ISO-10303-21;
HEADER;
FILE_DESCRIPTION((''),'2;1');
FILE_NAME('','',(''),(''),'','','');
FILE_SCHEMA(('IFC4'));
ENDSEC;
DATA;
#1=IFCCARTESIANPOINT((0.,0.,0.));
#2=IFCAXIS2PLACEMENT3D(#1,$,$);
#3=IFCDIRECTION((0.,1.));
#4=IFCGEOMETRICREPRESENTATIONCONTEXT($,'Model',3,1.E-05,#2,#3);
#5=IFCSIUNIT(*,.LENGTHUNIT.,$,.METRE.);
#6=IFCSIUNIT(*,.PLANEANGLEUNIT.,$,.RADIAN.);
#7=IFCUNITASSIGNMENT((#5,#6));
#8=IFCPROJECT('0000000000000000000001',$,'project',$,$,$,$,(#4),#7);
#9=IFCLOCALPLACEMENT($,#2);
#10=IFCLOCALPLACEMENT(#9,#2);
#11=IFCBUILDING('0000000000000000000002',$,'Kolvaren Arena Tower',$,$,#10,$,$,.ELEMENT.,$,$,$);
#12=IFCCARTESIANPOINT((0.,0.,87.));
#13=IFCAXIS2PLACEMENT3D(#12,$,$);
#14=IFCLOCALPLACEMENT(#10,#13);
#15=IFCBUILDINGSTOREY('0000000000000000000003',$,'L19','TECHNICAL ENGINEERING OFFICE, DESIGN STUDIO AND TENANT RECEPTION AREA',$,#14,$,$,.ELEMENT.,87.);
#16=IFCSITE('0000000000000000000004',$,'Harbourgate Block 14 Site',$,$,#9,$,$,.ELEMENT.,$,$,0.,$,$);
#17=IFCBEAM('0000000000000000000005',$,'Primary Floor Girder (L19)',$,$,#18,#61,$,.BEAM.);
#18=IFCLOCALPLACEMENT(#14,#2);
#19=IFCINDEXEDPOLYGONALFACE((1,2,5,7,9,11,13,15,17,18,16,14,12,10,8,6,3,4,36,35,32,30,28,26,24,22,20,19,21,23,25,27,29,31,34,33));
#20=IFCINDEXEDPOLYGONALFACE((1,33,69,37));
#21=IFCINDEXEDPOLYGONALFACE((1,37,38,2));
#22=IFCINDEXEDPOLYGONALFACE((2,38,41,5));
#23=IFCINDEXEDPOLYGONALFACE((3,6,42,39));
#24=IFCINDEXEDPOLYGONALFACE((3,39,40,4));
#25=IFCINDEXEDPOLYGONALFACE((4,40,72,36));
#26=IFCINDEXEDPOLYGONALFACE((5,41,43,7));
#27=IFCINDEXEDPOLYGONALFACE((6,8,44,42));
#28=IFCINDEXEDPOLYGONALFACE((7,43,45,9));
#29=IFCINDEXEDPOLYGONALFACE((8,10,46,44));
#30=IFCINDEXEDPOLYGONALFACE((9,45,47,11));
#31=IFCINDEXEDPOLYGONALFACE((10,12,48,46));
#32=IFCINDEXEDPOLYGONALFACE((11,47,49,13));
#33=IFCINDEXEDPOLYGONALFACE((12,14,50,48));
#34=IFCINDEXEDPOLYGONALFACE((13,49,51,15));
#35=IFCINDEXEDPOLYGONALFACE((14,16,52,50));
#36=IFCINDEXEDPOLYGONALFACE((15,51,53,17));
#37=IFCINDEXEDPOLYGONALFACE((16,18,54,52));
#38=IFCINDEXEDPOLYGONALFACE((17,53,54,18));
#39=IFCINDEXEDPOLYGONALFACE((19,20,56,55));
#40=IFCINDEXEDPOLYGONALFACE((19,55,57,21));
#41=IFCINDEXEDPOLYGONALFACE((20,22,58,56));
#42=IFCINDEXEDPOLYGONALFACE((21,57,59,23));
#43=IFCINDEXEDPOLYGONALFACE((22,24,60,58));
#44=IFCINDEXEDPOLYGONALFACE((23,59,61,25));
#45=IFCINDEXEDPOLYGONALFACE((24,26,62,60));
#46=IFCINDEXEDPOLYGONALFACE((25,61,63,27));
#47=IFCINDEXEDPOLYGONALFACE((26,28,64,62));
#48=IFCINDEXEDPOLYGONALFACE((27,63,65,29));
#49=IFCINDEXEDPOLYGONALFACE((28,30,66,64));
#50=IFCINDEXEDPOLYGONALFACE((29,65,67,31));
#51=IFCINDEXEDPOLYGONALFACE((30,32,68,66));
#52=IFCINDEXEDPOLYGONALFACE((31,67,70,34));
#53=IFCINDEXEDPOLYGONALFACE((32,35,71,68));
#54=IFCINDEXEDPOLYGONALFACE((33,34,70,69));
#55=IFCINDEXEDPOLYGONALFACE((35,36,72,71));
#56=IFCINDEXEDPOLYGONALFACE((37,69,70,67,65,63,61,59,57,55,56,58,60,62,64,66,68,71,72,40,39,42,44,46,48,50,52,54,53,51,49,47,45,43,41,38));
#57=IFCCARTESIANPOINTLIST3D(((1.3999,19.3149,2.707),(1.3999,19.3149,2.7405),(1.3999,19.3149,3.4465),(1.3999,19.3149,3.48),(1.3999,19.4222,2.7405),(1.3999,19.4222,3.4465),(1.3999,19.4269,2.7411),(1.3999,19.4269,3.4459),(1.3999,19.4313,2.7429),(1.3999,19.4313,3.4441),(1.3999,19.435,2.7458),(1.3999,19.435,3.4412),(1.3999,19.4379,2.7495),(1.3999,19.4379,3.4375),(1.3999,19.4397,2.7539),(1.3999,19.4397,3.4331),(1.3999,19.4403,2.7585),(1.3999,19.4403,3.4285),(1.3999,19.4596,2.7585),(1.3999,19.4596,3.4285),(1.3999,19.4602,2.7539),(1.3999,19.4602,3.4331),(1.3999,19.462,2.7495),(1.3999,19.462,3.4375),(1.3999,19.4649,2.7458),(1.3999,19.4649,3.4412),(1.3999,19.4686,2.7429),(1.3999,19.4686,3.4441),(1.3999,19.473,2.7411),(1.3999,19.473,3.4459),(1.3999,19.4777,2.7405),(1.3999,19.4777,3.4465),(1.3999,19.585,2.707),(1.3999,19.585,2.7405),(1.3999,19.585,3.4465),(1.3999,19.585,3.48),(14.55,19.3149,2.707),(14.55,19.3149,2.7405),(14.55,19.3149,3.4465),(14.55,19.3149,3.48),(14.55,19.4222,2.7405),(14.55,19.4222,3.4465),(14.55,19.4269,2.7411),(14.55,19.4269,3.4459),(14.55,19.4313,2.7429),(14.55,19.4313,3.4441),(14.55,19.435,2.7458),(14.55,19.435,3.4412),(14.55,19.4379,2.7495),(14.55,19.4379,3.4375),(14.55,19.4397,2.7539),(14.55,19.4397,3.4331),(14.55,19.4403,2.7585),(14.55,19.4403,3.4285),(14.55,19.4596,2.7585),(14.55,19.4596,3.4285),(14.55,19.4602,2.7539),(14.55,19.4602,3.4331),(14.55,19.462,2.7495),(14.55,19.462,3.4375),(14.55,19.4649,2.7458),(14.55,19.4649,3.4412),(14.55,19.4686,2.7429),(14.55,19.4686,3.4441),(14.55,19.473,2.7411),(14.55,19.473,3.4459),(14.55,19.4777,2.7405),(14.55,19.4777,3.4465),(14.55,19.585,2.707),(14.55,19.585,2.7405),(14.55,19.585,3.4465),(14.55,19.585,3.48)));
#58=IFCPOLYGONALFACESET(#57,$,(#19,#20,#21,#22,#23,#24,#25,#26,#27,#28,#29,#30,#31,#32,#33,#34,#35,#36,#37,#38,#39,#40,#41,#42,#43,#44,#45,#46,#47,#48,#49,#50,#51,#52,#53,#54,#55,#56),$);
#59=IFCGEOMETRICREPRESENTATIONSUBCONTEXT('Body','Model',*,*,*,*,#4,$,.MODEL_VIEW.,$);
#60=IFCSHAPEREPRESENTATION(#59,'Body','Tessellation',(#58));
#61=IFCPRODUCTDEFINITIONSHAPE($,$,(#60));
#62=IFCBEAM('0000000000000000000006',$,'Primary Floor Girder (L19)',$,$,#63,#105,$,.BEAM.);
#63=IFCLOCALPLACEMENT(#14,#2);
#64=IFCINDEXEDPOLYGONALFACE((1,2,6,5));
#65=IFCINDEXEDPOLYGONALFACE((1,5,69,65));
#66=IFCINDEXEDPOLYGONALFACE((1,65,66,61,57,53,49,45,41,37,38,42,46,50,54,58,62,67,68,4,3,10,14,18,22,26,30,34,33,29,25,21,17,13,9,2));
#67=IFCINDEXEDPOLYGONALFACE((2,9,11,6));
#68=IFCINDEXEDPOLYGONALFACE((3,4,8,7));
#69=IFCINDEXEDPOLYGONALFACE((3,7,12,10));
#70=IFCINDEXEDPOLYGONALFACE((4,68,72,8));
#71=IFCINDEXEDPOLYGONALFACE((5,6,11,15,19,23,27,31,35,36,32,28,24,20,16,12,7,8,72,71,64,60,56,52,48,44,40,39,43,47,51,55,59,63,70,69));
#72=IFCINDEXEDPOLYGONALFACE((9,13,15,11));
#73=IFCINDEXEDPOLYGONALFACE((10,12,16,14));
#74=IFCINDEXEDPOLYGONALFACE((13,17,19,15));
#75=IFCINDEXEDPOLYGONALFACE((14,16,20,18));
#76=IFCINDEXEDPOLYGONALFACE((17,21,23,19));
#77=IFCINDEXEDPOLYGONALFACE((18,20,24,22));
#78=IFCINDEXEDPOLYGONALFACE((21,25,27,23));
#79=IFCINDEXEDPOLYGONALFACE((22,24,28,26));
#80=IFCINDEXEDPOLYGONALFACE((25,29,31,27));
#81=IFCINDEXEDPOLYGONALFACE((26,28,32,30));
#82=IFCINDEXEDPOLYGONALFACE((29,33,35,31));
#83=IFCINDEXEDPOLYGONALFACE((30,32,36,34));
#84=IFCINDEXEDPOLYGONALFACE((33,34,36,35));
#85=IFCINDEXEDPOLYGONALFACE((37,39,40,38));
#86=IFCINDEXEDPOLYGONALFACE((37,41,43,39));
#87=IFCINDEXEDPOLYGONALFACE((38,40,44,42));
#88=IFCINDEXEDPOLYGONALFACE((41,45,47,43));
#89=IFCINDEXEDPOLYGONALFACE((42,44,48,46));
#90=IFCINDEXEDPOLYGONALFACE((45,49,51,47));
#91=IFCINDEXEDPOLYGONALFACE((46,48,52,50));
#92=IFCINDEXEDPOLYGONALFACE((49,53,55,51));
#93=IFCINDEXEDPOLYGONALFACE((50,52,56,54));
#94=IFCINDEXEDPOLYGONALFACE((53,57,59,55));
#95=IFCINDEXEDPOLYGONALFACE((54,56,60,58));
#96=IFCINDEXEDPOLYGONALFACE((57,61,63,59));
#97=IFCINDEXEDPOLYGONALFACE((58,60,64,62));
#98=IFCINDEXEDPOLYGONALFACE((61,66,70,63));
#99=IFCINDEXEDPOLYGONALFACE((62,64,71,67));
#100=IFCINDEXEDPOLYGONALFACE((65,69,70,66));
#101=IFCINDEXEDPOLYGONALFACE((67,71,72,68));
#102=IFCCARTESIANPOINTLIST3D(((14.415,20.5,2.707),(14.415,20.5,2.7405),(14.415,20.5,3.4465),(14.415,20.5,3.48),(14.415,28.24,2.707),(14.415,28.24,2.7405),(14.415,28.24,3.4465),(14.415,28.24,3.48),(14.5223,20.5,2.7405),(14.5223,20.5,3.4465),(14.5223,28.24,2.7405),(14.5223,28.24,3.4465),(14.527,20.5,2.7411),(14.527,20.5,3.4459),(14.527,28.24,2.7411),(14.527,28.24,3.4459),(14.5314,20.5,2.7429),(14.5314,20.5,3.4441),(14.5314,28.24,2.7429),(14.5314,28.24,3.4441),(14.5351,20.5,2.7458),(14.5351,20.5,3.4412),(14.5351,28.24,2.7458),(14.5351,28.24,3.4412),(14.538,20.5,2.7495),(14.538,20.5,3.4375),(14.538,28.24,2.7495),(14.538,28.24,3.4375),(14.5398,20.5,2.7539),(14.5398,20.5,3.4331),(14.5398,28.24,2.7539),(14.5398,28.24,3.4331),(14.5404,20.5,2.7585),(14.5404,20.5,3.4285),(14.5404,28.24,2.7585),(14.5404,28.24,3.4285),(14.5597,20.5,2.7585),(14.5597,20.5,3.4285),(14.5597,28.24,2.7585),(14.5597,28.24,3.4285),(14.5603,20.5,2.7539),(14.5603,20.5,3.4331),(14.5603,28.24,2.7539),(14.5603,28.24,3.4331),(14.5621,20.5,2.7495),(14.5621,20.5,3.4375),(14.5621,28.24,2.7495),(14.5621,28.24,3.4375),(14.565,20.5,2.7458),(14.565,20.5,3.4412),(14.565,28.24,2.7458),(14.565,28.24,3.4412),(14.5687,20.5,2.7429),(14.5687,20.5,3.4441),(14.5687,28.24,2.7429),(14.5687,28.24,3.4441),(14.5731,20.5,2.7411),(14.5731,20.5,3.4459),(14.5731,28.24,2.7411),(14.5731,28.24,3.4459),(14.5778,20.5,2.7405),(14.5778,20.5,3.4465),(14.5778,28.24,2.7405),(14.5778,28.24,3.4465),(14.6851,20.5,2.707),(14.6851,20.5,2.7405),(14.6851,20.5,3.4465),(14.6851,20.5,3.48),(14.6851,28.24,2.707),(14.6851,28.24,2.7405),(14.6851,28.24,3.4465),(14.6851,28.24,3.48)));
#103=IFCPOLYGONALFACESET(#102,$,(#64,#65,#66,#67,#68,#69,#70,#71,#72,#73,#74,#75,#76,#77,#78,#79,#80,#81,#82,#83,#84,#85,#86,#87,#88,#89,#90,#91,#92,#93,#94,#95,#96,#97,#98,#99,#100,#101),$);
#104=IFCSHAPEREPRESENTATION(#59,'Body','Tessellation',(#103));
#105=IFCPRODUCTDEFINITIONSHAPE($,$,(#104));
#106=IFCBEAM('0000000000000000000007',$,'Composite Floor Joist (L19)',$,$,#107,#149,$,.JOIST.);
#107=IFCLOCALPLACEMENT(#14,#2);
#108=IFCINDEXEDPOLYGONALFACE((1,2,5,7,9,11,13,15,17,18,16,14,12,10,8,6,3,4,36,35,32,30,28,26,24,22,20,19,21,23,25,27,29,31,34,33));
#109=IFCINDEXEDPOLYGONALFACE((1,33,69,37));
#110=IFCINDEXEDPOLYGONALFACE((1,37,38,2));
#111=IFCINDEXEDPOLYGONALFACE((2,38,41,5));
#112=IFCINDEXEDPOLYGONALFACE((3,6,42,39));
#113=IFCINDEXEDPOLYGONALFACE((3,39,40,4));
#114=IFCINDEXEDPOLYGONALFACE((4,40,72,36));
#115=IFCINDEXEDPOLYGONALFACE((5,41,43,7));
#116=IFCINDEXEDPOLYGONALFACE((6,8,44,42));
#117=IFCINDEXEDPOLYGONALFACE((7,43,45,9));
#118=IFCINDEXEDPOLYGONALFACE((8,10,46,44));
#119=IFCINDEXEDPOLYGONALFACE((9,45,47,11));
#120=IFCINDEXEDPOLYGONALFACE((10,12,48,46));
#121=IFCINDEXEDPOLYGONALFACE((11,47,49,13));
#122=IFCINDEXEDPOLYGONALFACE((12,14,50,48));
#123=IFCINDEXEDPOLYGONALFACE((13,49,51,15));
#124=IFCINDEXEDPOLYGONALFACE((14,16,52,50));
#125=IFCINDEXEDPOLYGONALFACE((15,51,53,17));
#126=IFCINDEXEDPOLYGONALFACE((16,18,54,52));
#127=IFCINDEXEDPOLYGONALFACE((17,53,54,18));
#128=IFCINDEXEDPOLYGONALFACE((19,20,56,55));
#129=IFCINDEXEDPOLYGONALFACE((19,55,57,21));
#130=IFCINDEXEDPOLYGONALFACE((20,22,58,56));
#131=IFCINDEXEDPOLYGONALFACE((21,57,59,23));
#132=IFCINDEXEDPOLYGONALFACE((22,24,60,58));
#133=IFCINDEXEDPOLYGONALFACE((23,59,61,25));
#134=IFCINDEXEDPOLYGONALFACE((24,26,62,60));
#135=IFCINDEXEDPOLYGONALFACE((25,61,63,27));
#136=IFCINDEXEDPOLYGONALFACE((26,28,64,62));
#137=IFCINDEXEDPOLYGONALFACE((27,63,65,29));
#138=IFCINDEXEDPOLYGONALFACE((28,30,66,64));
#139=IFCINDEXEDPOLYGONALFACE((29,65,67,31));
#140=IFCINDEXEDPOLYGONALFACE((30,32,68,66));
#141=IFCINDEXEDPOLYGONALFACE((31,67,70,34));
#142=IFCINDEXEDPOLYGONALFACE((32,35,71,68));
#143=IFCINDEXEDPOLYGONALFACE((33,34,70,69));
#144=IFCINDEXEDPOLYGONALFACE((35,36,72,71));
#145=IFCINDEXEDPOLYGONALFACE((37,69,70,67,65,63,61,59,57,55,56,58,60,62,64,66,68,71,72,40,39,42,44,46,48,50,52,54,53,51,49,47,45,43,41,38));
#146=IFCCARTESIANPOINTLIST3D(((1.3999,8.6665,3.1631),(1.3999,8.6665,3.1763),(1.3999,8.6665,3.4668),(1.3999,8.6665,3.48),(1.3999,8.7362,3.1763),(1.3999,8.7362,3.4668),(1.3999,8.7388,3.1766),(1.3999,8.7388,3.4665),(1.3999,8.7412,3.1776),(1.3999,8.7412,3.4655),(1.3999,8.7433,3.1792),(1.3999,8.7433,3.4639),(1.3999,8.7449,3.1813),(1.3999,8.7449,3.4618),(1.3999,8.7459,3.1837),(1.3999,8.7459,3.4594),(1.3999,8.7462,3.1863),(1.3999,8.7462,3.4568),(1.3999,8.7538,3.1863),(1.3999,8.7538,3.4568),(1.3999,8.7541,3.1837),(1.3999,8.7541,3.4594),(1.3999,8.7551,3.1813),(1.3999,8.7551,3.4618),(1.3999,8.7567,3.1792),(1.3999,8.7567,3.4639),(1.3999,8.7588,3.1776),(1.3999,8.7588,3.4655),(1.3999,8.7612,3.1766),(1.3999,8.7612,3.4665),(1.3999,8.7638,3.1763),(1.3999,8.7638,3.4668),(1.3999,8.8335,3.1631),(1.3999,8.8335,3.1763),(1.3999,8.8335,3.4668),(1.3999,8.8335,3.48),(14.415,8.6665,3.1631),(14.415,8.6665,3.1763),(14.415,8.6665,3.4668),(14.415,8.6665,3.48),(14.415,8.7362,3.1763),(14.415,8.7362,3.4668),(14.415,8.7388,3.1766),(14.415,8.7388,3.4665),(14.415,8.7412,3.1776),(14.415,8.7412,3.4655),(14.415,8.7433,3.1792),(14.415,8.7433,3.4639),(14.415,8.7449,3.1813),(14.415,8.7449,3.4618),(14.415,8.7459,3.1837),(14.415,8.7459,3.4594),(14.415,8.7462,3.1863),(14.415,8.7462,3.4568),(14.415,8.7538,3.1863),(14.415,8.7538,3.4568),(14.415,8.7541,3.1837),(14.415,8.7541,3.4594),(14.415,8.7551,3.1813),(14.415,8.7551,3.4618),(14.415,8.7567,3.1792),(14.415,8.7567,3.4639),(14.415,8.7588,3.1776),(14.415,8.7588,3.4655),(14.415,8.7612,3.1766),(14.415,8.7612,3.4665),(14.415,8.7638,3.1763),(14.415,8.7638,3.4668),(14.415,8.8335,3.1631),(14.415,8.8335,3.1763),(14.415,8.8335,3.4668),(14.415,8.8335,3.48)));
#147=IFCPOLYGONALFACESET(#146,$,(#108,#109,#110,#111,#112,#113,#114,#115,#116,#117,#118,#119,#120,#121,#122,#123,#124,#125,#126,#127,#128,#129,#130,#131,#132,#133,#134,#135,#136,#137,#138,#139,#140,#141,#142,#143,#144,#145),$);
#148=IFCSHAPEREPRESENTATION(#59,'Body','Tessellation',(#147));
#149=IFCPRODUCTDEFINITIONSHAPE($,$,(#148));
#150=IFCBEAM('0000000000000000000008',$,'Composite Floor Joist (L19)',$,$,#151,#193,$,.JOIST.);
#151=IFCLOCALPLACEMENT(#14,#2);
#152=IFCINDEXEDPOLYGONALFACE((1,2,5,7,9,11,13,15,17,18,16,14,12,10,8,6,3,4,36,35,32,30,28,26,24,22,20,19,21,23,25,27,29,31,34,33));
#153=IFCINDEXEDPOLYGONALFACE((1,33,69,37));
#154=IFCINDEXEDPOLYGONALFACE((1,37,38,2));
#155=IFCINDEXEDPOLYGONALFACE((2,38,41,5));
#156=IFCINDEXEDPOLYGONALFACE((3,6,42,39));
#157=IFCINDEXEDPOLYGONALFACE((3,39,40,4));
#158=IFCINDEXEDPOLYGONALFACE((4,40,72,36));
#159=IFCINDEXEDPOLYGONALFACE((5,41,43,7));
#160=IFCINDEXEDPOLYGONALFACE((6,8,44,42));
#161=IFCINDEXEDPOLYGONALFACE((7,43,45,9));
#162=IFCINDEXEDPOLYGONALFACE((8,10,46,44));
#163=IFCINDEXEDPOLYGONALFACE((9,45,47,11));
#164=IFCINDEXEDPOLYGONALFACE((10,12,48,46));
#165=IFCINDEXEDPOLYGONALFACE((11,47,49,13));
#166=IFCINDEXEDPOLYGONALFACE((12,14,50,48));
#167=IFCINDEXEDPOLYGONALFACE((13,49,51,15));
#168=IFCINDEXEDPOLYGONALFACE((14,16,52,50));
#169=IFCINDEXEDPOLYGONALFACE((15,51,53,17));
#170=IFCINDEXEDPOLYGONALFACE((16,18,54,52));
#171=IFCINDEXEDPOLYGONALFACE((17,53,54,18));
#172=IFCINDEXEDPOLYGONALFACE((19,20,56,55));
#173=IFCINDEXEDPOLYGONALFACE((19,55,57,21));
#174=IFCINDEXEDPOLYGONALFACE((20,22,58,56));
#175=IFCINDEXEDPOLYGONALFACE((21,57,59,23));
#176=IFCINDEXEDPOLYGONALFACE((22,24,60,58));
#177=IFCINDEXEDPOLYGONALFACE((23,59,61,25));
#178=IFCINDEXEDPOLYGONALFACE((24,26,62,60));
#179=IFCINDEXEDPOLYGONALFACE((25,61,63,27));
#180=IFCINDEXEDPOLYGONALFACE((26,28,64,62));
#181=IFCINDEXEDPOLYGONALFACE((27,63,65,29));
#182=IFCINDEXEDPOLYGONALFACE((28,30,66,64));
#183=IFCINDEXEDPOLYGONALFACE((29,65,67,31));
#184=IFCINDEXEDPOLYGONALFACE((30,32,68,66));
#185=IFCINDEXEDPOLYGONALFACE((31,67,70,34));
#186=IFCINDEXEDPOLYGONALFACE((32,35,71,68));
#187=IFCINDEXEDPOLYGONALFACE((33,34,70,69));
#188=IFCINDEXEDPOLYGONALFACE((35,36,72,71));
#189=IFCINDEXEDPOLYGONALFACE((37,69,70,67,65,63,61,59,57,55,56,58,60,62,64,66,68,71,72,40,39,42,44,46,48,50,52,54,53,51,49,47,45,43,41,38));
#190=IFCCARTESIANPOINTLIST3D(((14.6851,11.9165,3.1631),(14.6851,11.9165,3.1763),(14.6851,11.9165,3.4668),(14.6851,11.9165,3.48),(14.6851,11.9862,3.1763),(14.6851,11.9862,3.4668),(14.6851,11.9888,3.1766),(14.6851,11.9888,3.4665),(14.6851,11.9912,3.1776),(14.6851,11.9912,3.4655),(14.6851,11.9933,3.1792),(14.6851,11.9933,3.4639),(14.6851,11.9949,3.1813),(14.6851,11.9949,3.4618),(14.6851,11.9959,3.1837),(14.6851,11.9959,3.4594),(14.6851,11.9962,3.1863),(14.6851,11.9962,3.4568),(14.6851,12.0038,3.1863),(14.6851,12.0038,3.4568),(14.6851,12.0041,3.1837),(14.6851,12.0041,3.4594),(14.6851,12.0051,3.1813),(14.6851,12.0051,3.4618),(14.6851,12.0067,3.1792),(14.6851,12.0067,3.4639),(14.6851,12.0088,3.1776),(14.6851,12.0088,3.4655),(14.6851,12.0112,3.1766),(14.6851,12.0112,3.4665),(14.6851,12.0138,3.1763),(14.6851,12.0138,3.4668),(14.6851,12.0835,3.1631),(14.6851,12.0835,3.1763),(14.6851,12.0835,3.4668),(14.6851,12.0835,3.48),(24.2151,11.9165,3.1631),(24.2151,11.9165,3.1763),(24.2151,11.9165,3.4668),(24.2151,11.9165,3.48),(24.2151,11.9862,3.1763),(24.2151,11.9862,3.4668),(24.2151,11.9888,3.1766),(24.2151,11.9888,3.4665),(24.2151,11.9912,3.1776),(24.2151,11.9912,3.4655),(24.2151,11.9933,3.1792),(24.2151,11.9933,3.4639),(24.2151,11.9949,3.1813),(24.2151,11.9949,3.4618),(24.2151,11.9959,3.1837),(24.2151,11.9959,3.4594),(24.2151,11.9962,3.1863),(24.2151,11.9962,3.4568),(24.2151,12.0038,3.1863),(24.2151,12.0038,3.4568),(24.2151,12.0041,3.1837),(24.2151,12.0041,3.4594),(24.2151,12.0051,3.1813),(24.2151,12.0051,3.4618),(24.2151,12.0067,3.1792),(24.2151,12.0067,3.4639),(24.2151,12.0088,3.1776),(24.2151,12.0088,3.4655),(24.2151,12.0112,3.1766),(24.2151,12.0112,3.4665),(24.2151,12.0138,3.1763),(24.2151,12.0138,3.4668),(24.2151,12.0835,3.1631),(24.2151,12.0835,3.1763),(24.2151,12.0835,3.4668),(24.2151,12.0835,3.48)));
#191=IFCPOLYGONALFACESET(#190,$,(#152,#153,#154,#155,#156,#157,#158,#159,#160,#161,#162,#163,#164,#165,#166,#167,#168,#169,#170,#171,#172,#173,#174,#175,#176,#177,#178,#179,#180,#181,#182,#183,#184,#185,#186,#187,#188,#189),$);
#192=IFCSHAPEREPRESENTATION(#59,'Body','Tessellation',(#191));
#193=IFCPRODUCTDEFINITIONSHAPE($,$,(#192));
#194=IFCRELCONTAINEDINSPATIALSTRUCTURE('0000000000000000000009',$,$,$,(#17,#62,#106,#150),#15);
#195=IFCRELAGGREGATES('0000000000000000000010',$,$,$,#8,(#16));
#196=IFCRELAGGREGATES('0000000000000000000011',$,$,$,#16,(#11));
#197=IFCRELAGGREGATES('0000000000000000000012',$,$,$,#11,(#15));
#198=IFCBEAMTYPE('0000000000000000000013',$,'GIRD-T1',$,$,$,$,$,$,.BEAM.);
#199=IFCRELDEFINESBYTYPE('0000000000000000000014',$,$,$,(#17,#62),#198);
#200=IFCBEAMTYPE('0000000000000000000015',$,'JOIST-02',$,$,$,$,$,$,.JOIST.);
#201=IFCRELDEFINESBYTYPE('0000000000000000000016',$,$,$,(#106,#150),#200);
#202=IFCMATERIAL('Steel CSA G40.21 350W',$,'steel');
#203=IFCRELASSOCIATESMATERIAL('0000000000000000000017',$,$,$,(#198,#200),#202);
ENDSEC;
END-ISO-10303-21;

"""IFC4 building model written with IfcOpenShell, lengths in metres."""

from ifc_helpers import new_model, si_unit, direction, frame, origin, origin_2d, place, context, subcontext, project, spatial, i_section, extrude, material, material_profile, profile_set, type_object, element, save


model = new_model("IFC4")

# Units and contexts
model_context = context("Model", 3, precision=1e-05, world=origin(), true_north=direction((0.0, 1.0)))
body_context = subcontext(model_context, "Body", "Model", "MODEL_VIEW")
ifc_project = project(units=[si_unit("LENGTHUNIT", "METRE"), si_unit("PLANEANGLEUNIT", "RADIAN")], contexts=[model_context])

# Site, building, storey
site_placement = place(None, origin())
site = spatial("IfcSite", under=ifc_project, at=site_placement, Name="Harbourgate Block 14 Site", CompositionType="ELEMENT", RefElevation=0.0)
building_placement = place(site_placement, origin())
building = spatial("IfcBuilding", under=site, at=building_placement, Name="Kolvaren Arena Tower", CompositionType="ELEMENT")
storey_placement = place(building_placement, frame((0.0, 0.0, 87.0)))
storey = spatial("IfcBuildingStorey", under=building, at=storey_placement, Name="L19", Description="TECHNICAL ENGINEERING OFFICE, DESIGN STUDIO AND TENANT RECEPTION AREA", CompositionType="ELEMENT", Elevation=87.0)

# Beams
ifc_material_1 = material(Name="Steel CSA G40.21 350W", Category="steel")
ifc_material_profile_1 = material_profile(ifc_material_1, i_section(OverallWidth=0.27, OverallDepth=0.7729, WebThickness=0.0193, FlangeThickness=0.0334, FilletRadius=0.0181, at=origin_2d()), Name="W760x257")
ifc_profile_set_1 = profile_set([ifc_material_profile_1], Name="Steel CSA G40.21 350W")
beam_type_1 = type_object("IfcBeamType", Name="GIRD-T1", PredefinedType="BEAM", material=ifc_profile_set_1)
beam_1_placement = place(storey_placement, frame((1.3999, 19.45, 3.0935), z_axis=(1.0, 0.0, 0.0), x_axis=(0.0, 1.0, 0.0)))
element("IfcBeam", 1, at=beam_1_placement, inside=storey, type_object=beam_type_1, Name="Primary Floor Girder (L19)", PredefinedType="BEAM", context=body_context, shape_type="SweptSolid", body=[
    extrude(i_section(OverallWidth=0.27, OverallDepth=0.7729, WebThickness=0.0193, FlangeThickness=0.0334, FilletRadius=0.0181, at=origin_2d()), origin(), (0.0, 0.0, 1.0), 13.1501),
])
beam_2_placement = place(storey_placement, frame((14.55, 20.5, 3.0935), z_axis=(0.0, 1.0, 0.0), x_axis=(-1.0, 0.0, 0.0)))
element("IfcBeam", 2, at=beam_2_placement, inside=storey, type_object=beam_type_1, Name="Primary Floor Girder (L19)", PredefinedType="BEAM", context=body_context, shape_type="SweptSolid", body=[
    extrude(i_section(OverallWidth=0.27, OverallDepth=0.7729, WebThickness=0.0193, FlangeThickness=0.0334, FilletRadius=0.0181, at=origin_2d()), origin(), (0.0, 0.0, 1.0), 7.74),
])
ifc_material_profile_2 = material_profile(ifc_material_1, i_section(OverallWidth=0.167, OverallDepth=0.3169, WebThickness=0.0076, FlangeThickness=0.0132, FilletRadius=0.01, at=origin_2d()), Name="W310x52")
ifc_profile_set_2 = profile_set([ifc_material_profile_2], Name="Steel CSA G40.21 350W")
beam_type_2 = type_object("IfcBeamType", Name="JOIST-02", PredefinedType="JOIST", material=ifc_profile_set_2)
beam_3_placement = place(storey_placement, frame((1.3999, 8.75, 3.3215), z_axis=(1.0, 0.0, 0.0), x_axis=(0.0, 1.0, 0.0)))
element("IfcBeam", 3, at=beam_3_placement, inside=storey, type_object=beam_type_2, Name="Composite Floor Joist (L19)", PredefinedType="JOIST", context=body_context, shape_type="SweptSolid", body=[
    extrude(i_section(OverallWidth=0.167, OverallDepth=0.3169, WebThickness=0.0076, FlangeThickness=0.0132, FilletRadius=0.01, at=origin_2d()), origin(), (0.0, 0.0, 1.0), 13.0151),
])
beam_4_placement = place(storey_placement, frame((14.6851, 12.0, 3.3215), z_axis=(1.0, 0.0, 0.0), x_axis=(0.0, 1.0, 0.0)))
element("IfcBeam", 4, at=beam_4_placement, inside=storey, type_object=beam_type_2, Name="Composite Floor Joist (L19)", PredefinedType="JOIST", context=body_context, shape_type="SweptSolid", body=[
    extrude(i_section(OverallWidth=0.167, OverallDepth=0.3169, WebThickness=0.0076, FlangeThickness=0.0132, FilletRadius=0.01, at=origin_2d()), origin(), (0.0, 0.0, 1.0), 9.53),
])

save(model, "model.ifc")
